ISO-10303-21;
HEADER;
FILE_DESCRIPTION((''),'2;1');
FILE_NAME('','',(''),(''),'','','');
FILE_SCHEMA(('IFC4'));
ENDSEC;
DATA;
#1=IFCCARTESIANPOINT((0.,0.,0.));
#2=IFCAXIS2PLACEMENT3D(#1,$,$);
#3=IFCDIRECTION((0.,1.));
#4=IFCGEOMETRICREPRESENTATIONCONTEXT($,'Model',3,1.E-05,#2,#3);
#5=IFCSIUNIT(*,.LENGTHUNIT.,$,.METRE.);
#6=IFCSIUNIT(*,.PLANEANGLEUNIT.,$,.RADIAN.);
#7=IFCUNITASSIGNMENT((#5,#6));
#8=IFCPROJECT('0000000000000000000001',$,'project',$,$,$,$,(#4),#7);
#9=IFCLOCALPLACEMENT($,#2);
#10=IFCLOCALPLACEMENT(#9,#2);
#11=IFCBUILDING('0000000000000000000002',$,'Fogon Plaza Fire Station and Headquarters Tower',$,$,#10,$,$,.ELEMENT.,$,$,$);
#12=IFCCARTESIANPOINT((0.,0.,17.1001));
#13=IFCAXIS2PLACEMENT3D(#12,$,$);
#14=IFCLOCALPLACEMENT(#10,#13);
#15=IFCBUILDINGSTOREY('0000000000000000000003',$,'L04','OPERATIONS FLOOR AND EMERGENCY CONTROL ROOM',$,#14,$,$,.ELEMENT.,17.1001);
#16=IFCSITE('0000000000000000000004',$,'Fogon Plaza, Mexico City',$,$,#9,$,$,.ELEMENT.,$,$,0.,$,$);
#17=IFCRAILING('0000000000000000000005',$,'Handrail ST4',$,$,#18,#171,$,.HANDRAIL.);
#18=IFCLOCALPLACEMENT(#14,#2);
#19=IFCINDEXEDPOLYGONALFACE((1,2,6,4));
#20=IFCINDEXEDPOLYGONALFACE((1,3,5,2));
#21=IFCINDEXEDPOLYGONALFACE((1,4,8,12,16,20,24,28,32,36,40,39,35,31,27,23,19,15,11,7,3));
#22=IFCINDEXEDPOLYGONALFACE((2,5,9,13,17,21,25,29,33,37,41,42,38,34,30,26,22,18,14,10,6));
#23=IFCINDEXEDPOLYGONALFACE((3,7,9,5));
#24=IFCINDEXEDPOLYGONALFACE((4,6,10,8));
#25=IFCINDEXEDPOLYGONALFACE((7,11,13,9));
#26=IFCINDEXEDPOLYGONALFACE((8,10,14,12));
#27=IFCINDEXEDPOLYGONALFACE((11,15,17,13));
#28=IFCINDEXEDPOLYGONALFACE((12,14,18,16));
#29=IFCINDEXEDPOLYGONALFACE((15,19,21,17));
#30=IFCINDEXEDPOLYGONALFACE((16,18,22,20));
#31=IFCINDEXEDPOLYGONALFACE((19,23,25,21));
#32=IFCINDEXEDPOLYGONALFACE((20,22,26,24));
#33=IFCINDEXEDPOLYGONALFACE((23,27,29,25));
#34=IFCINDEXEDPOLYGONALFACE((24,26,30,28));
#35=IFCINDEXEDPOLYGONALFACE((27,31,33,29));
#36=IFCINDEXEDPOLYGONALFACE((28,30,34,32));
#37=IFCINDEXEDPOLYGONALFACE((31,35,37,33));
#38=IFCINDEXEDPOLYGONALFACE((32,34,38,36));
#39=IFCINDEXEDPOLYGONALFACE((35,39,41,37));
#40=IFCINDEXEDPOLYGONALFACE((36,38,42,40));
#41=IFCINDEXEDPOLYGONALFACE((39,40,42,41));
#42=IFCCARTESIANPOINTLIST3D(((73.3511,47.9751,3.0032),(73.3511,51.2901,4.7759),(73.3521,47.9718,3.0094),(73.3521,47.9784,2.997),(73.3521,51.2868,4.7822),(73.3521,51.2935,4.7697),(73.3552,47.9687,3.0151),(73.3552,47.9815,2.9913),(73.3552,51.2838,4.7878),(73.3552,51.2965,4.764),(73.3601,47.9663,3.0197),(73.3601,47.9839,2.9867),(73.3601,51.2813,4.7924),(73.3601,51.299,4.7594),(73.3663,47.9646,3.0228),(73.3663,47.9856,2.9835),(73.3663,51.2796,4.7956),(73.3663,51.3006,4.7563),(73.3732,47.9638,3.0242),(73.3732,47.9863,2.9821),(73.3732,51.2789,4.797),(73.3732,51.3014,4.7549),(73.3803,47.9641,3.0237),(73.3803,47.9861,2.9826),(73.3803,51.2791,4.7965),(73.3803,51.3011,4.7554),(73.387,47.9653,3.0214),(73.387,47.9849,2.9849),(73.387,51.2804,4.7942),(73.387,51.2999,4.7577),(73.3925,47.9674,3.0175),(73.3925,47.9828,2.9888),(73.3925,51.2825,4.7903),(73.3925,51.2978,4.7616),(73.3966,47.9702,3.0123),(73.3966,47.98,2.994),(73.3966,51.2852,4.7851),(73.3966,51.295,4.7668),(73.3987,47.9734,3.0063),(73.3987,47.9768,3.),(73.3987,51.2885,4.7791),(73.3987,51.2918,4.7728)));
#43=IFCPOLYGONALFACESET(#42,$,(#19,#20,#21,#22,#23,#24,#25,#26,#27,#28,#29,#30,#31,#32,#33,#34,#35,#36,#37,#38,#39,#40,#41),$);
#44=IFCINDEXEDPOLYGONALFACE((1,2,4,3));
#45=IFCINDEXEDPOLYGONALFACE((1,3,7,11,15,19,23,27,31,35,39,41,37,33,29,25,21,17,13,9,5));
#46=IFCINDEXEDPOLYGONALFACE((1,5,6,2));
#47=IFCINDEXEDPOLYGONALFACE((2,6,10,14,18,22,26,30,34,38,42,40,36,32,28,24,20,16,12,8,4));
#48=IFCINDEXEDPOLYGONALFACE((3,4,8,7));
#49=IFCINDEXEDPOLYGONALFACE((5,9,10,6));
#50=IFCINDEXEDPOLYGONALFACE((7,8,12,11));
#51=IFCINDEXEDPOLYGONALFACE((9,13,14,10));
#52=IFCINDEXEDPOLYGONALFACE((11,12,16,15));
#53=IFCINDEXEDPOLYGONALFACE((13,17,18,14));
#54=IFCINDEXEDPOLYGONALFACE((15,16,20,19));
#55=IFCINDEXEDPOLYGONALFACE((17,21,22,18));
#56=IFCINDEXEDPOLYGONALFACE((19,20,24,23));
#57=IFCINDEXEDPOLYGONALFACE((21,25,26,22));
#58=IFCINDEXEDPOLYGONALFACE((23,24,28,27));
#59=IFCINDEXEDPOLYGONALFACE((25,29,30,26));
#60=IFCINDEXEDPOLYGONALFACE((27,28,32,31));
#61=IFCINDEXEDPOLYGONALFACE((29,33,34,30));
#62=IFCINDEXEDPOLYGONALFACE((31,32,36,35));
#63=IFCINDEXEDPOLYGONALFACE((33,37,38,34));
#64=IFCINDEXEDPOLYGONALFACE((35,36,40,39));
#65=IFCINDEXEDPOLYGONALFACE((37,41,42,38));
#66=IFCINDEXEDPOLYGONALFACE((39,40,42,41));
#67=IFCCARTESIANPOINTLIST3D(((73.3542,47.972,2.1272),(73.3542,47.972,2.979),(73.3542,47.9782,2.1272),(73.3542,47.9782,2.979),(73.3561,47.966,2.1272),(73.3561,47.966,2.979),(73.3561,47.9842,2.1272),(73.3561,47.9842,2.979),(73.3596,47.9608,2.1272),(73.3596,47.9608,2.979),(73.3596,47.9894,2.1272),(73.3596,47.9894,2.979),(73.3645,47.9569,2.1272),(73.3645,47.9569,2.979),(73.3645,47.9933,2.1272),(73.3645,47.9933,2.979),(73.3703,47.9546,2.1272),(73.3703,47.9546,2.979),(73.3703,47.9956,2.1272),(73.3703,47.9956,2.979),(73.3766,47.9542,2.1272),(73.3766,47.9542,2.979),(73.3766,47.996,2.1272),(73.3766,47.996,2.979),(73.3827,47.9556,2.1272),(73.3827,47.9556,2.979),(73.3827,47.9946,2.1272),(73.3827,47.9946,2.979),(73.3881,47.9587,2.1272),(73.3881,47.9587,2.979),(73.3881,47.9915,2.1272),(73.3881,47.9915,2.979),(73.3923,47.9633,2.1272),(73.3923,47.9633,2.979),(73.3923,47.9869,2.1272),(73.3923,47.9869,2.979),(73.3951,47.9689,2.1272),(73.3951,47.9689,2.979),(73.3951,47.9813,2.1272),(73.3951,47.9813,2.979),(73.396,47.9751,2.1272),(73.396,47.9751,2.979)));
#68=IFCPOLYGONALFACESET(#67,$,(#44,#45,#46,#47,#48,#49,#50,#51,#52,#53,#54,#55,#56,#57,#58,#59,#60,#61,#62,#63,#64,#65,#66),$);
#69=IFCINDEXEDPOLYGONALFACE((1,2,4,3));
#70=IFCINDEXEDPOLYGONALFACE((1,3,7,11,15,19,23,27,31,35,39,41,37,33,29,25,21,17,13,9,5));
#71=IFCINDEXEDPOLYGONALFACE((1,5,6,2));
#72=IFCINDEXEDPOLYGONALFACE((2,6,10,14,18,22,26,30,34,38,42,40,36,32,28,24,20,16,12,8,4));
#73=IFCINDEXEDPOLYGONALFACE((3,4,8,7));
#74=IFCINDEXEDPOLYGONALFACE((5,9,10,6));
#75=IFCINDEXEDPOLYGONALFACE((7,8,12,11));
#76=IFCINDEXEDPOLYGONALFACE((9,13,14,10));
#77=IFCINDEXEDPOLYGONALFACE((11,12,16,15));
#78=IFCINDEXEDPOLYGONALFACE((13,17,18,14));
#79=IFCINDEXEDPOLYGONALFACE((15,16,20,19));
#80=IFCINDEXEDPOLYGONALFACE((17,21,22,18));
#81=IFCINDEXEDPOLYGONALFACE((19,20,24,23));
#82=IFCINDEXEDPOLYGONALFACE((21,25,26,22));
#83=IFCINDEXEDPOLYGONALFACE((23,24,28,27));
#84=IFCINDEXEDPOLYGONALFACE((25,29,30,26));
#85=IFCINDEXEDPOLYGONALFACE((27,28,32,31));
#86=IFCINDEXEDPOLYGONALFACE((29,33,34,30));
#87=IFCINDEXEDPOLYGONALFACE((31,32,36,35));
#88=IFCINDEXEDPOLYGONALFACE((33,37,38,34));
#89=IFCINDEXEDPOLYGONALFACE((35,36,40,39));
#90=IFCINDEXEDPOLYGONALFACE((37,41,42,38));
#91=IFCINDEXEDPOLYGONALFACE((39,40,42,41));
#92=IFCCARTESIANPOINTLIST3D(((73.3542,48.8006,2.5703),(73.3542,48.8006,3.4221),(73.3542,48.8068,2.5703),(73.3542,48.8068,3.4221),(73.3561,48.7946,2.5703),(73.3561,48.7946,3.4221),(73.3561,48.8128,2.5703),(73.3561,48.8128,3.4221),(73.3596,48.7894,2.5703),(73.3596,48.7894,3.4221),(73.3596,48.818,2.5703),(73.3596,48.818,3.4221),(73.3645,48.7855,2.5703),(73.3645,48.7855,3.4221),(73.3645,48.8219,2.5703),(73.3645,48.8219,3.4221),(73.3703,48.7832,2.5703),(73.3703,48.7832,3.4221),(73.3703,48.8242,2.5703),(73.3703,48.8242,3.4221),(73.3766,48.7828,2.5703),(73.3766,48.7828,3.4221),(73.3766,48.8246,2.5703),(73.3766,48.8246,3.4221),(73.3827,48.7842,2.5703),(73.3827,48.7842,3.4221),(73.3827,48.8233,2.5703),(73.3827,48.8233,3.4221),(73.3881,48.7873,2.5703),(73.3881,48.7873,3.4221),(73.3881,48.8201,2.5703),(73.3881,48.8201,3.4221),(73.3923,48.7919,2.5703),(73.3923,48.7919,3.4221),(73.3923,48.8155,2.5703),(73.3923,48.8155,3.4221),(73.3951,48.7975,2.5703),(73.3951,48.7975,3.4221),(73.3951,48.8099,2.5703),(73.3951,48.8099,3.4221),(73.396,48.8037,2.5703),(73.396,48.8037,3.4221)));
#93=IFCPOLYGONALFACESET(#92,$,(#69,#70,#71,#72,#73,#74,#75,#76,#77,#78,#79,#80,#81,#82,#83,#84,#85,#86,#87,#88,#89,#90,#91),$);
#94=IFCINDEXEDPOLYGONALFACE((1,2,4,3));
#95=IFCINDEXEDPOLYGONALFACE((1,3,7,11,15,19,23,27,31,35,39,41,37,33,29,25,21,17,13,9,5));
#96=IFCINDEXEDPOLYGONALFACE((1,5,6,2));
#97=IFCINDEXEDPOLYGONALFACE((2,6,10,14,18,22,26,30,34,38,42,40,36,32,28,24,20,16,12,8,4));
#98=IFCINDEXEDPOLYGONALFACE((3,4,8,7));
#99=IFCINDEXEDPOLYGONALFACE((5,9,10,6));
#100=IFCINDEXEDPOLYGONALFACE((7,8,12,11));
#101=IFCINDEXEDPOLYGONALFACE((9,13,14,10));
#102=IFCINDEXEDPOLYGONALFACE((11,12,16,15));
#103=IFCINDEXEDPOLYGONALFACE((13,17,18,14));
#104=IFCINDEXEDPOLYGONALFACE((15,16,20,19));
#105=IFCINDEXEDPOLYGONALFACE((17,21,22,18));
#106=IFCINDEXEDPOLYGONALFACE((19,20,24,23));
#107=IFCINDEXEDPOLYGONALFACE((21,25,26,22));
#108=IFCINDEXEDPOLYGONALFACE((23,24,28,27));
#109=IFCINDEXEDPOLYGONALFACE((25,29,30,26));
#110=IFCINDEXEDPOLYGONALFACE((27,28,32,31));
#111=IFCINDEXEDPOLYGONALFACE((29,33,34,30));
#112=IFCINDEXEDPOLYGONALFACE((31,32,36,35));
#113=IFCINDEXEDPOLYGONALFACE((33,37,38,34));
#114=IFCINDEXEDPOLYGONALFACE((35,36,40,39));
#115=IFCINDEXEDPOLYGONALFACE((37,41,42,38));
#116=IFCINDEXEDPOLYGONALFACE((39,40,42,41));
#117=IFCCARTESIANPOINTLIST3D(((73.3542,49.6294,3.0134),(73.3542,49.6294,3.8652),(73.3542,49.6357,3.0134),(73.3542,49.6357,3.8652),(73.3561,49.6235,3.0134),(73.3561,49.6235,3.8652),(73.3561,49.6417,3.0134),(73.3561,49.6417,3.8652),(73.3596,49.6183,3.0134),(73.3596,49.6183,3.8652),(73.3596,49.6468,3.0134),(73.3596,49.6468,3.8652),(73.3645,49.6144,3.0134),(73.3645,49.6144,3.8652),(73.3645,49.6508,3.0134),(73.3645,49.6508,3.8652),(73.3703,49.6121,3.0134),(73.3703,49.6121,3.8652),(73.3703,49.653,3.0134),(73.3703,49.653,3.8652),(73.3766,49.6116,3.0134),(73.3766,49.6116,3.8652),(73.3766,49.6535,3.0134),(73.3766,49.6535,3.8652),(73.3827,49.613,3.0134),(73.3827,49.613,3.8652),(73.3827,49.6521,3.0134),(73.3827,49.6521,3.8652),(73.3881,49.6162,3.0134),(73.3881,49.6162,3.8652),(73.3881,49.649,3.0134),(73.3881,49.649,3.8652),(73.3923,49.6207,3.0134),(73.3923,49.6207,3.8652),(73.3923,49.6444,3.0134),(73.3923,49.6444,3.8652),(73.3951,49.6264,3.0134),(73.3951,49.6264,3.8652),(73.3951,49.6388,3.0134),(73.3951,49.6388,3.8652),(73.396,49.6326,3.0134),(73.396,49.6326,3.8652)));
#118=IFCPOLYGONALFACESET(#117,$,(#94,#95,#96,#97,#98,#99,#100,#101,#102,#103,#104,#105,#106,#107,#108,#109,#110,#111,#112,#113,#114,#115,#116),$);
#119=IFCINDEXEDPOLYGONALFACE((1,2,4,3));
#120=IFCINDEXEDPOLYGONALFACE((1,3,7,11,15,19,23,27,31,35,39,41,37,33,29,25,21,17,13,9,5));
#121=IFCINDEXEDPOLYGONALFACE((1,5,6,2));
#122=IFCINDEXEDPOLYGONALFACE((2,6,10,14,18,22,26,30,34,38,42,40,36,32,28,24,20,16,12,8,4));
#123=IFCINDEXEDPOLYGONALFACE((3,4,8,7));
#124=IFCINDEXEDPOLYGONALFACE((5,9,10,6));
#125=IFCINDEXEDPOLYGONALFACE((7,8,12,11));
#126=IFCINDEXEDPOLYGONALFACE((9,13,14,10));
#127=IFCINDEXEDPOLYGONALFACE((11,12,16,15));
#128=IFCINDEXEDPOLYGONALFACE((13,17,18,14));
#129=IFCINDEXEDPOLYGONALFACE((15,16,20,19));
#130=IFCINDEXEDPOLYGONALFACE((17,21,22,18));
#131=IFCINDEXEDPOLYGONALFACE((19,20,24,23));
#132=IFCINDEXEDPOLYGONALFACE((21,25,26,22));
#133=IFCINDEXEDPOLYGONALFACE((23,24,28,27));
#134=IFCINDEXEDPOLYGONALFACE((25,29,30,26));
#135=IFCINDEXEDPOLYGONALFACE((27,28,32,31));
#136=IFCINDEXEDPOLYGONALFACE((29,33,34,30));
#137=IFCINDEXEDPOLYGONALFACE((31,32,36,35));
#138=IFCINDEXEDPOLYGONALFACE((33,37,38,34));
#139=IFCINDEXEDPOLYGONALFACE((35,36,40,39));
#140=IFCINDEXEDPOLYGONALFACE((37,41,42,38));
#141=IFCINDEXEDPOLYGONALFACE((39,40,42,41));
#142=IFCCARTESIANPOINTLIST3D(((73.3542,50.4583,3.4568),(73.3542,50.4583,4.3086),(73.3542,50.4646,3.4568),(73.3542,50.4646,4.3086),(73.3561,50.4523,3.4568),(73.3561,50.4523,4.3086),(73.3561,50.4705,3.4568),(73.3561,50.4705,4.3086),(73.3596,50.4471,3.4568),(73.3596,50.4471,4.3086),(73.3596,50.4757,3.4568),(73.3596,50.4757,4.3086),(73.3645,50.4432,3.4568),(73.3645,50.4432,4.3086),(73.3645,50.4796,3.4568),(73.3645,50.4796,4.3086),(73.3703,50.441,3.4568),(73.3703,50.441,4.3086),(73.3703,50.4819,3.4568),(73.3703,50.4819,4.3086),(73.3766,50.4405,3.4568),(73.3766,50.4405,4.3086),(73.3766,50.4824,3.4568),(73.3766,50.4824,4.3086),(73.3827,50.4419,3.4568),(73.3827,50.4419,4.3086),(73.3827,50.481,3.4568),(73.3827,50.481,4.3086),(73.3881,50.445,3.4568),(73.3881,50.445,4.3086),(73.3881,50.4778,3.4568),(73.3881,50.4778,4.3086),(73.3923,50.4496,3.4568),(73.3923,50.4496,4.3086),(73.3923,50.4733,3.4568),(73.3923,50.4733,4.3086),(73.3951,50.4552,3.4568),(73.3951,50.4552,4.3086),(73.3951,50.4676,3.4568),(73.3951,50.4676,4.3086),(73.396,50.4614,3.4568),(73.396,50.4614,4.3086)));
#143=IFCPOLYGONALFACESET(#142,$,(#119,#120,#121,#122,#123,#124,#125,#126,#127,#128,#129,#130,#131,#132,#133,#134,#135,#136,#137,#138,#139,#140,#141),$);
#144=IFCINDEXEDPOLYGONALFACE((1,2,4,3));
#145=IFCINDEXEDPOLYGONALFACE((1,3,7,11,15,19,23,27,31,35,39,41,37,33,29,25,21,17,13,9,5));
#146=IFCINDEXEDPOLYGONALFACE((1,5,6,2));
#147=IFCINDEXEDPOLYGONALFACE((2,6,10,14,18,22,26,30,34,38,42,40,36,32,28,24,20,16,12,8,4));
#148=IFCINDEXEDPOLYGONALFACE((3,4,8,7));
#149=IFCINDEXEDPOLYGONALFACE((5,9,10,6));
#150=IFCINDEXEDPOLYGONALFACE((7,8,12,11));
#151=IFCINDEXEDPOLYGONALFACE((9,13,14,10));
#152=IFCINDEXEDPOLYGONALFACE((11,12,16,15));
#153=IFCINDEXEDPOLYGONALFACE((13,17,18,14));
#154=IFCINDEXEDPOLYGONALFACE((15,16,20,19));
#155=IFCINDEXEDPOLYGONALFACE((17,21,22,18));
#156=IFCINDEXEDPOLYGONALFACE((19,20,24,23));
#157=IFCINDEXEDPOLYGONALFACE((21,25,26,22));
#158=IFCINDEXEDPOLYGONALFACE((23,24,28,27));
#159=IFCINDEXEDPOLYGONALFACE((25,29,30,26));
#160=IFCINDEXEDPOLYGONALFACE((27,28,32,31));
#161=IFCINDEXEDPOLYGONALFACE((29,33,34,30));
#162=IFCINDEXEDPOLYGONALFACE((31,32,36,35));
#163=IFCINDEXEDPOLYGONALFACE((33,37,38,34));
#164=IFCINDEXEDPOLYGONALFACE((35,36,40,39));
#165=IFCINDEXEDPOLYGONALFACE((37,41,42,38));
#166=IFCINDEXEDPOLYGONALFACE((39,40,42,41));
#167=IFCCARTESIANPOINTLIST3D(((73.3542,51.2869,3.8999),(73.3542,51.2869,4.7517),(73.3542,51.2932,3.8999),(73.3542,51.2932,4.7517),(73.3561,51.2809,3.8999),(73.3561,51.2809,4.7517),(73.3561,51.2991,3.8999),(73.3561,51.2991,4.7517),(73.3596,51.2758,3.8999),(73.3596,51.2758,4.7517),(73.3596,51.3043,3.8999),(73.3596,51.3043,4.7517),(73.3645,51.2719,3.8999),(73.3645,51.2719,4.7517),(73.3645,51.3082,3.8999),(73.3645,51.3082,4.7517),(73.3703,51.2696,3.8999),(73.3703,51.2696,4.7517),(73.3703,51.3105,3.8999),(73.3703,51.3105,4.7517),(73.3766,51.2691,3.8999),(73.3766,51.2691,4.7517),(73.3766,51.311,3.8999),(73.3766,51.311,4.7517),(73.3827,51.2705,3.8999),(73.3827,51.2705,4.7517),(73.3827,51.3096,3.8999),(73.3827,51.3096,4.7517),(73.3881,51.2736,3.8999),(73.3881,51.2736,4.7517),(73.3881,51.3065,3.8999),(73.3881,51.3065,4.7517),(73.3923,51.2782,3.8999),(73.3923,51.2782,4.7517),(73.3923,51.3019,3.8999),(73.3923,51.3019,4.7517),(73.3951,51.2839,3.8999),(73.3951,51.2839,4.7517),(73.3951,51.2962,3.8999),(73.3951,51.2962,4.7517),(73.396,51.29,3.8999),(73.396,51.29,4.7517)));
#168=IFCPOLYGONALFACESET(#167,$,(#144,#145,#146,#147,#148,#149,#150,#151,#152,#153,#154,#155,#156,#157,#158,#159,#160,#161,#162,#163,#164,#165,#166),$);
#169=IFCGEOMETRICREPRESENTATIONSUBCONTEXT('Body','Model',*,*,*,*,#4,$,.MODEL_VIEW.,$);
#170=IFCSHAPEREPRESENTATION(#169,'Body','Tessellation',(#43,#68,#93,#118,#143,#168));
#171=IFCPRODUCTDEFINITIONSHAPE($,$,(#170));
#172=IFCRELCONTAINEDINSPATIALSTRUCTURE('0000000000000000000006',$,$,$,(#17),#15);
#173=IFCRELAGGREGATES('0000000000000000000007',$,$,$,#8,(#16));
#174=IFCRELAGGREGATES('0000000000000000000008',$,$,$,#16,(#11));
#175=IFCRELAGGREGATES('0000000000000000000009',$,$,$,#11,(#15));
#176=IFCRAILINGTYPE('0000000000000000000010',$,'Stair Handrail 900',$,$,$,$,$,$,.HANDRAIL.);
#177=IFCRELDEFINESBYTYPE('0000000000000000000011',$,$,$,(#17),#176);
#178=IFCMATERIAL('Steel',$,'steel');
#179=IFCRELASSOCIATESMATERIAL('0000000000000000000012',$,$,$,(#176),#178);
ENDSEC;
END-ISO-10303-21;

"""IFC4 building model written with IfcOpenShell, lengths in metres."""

from ifc_helpers import new_model, si_unit, direction, frame, origin, origin_2d, place, context, subcontext, project, spatial, circle, extrude, material, type_object, element, save


model = new_model("IFC4")

# Units and contexts
model_context = context("Model", 3, precision=1e-05, world=origin(), true_north=direction((0.0, 1.0)))
body_context = subcontext(model_context, "Body", "Model", "MODEL_VIEW")
ifc_project = project(units=[si_unit("LENGTHUNIT", "METRE"), si_unit("PLANEANGLEUNIT", "RADIAN")], contexts=[model_context])

# Site, building, storey
site_placement = place(None, origin())
site = spatial("IfcSite", under=ifc_project, at=site_placement, Name="Fogon Plaza, Mexico City", CompositionType="ELEMENT", RefElevation=0.0)
building_placement = place(site_placement, origin())
building = spatial("IfcBuilding", under=site, at=building_placement, Name="Fogon Plaza Fire Station and Headquarters Tower", CompositionType="ELEMENT")
storey_placement = place(building_placement, frame((0.0, 0.0, 17.1001)))
storey = spatial("IfcBuildingStorey", under=building, at=storey_placement, Name="L04", Description="OPERATIONS FLOOR AND EMERGENCY CONTROL ROOM", CompositionType="ELEMENT", Elevation=17.1001)

# Railing
ifc_material_1 = material(Name="Steel", Category="steel")
railing_type = type_object("IfcRailingType", Name="Stair Handrail 900", PredefinedType="HANDRAIL", material=ifc_material_1)
for number, where, name in (
    (1, (73.375, 47.9751, 2.1272), "Handrail ST4"),
):
    element("IfcRailing", number, at=place(storey_placement, frame(where)), inside=storey, type_object=railing_type, Name=name, PredefinedType="HANDRAIL", context=body_context, shape_type="SweptSolid", body=[
        extrude(circle(Radius=0.0239, at=origin_2d()), frame((0.0, 0.0, 0.876), z_axis=(0.0, 0.881829, 0.471569), x_axis=(-1.0, 0.0, 0.0)), (0.0, 0.0, 1.0), 3.7593),
        extrude(circle(Radius=0.021, at=origin_2d()), origin(), (0.0, 0.0, 1.0), 0.8518),
        extrude(circle(Radius=0.021, at=origin_2d()), frame((0.0, 0.8286, 0.4431)), (0.0, 0.0, 1.0), 0.8518),
        extrude(circle(Radius=0.021, at=origin_2d()), frame((0.0, 1.6575, 0.8862)), (0.0, 0.0, 1.0), 0.8518),
        extrude(circle(Radius=0.021, at=origin_2d()), frame((0.0, 2.4863, 1.3296)), (0.0, 0.0, 1.0), 0.8518),
        extrude(circle(Radius=0.021, at=origin_2d()), frame((0.0, 3.3149, 1.7727)), (0.0, 0.0, 1.0), 0.8518),
    ])

save(model, "model.ifc")
